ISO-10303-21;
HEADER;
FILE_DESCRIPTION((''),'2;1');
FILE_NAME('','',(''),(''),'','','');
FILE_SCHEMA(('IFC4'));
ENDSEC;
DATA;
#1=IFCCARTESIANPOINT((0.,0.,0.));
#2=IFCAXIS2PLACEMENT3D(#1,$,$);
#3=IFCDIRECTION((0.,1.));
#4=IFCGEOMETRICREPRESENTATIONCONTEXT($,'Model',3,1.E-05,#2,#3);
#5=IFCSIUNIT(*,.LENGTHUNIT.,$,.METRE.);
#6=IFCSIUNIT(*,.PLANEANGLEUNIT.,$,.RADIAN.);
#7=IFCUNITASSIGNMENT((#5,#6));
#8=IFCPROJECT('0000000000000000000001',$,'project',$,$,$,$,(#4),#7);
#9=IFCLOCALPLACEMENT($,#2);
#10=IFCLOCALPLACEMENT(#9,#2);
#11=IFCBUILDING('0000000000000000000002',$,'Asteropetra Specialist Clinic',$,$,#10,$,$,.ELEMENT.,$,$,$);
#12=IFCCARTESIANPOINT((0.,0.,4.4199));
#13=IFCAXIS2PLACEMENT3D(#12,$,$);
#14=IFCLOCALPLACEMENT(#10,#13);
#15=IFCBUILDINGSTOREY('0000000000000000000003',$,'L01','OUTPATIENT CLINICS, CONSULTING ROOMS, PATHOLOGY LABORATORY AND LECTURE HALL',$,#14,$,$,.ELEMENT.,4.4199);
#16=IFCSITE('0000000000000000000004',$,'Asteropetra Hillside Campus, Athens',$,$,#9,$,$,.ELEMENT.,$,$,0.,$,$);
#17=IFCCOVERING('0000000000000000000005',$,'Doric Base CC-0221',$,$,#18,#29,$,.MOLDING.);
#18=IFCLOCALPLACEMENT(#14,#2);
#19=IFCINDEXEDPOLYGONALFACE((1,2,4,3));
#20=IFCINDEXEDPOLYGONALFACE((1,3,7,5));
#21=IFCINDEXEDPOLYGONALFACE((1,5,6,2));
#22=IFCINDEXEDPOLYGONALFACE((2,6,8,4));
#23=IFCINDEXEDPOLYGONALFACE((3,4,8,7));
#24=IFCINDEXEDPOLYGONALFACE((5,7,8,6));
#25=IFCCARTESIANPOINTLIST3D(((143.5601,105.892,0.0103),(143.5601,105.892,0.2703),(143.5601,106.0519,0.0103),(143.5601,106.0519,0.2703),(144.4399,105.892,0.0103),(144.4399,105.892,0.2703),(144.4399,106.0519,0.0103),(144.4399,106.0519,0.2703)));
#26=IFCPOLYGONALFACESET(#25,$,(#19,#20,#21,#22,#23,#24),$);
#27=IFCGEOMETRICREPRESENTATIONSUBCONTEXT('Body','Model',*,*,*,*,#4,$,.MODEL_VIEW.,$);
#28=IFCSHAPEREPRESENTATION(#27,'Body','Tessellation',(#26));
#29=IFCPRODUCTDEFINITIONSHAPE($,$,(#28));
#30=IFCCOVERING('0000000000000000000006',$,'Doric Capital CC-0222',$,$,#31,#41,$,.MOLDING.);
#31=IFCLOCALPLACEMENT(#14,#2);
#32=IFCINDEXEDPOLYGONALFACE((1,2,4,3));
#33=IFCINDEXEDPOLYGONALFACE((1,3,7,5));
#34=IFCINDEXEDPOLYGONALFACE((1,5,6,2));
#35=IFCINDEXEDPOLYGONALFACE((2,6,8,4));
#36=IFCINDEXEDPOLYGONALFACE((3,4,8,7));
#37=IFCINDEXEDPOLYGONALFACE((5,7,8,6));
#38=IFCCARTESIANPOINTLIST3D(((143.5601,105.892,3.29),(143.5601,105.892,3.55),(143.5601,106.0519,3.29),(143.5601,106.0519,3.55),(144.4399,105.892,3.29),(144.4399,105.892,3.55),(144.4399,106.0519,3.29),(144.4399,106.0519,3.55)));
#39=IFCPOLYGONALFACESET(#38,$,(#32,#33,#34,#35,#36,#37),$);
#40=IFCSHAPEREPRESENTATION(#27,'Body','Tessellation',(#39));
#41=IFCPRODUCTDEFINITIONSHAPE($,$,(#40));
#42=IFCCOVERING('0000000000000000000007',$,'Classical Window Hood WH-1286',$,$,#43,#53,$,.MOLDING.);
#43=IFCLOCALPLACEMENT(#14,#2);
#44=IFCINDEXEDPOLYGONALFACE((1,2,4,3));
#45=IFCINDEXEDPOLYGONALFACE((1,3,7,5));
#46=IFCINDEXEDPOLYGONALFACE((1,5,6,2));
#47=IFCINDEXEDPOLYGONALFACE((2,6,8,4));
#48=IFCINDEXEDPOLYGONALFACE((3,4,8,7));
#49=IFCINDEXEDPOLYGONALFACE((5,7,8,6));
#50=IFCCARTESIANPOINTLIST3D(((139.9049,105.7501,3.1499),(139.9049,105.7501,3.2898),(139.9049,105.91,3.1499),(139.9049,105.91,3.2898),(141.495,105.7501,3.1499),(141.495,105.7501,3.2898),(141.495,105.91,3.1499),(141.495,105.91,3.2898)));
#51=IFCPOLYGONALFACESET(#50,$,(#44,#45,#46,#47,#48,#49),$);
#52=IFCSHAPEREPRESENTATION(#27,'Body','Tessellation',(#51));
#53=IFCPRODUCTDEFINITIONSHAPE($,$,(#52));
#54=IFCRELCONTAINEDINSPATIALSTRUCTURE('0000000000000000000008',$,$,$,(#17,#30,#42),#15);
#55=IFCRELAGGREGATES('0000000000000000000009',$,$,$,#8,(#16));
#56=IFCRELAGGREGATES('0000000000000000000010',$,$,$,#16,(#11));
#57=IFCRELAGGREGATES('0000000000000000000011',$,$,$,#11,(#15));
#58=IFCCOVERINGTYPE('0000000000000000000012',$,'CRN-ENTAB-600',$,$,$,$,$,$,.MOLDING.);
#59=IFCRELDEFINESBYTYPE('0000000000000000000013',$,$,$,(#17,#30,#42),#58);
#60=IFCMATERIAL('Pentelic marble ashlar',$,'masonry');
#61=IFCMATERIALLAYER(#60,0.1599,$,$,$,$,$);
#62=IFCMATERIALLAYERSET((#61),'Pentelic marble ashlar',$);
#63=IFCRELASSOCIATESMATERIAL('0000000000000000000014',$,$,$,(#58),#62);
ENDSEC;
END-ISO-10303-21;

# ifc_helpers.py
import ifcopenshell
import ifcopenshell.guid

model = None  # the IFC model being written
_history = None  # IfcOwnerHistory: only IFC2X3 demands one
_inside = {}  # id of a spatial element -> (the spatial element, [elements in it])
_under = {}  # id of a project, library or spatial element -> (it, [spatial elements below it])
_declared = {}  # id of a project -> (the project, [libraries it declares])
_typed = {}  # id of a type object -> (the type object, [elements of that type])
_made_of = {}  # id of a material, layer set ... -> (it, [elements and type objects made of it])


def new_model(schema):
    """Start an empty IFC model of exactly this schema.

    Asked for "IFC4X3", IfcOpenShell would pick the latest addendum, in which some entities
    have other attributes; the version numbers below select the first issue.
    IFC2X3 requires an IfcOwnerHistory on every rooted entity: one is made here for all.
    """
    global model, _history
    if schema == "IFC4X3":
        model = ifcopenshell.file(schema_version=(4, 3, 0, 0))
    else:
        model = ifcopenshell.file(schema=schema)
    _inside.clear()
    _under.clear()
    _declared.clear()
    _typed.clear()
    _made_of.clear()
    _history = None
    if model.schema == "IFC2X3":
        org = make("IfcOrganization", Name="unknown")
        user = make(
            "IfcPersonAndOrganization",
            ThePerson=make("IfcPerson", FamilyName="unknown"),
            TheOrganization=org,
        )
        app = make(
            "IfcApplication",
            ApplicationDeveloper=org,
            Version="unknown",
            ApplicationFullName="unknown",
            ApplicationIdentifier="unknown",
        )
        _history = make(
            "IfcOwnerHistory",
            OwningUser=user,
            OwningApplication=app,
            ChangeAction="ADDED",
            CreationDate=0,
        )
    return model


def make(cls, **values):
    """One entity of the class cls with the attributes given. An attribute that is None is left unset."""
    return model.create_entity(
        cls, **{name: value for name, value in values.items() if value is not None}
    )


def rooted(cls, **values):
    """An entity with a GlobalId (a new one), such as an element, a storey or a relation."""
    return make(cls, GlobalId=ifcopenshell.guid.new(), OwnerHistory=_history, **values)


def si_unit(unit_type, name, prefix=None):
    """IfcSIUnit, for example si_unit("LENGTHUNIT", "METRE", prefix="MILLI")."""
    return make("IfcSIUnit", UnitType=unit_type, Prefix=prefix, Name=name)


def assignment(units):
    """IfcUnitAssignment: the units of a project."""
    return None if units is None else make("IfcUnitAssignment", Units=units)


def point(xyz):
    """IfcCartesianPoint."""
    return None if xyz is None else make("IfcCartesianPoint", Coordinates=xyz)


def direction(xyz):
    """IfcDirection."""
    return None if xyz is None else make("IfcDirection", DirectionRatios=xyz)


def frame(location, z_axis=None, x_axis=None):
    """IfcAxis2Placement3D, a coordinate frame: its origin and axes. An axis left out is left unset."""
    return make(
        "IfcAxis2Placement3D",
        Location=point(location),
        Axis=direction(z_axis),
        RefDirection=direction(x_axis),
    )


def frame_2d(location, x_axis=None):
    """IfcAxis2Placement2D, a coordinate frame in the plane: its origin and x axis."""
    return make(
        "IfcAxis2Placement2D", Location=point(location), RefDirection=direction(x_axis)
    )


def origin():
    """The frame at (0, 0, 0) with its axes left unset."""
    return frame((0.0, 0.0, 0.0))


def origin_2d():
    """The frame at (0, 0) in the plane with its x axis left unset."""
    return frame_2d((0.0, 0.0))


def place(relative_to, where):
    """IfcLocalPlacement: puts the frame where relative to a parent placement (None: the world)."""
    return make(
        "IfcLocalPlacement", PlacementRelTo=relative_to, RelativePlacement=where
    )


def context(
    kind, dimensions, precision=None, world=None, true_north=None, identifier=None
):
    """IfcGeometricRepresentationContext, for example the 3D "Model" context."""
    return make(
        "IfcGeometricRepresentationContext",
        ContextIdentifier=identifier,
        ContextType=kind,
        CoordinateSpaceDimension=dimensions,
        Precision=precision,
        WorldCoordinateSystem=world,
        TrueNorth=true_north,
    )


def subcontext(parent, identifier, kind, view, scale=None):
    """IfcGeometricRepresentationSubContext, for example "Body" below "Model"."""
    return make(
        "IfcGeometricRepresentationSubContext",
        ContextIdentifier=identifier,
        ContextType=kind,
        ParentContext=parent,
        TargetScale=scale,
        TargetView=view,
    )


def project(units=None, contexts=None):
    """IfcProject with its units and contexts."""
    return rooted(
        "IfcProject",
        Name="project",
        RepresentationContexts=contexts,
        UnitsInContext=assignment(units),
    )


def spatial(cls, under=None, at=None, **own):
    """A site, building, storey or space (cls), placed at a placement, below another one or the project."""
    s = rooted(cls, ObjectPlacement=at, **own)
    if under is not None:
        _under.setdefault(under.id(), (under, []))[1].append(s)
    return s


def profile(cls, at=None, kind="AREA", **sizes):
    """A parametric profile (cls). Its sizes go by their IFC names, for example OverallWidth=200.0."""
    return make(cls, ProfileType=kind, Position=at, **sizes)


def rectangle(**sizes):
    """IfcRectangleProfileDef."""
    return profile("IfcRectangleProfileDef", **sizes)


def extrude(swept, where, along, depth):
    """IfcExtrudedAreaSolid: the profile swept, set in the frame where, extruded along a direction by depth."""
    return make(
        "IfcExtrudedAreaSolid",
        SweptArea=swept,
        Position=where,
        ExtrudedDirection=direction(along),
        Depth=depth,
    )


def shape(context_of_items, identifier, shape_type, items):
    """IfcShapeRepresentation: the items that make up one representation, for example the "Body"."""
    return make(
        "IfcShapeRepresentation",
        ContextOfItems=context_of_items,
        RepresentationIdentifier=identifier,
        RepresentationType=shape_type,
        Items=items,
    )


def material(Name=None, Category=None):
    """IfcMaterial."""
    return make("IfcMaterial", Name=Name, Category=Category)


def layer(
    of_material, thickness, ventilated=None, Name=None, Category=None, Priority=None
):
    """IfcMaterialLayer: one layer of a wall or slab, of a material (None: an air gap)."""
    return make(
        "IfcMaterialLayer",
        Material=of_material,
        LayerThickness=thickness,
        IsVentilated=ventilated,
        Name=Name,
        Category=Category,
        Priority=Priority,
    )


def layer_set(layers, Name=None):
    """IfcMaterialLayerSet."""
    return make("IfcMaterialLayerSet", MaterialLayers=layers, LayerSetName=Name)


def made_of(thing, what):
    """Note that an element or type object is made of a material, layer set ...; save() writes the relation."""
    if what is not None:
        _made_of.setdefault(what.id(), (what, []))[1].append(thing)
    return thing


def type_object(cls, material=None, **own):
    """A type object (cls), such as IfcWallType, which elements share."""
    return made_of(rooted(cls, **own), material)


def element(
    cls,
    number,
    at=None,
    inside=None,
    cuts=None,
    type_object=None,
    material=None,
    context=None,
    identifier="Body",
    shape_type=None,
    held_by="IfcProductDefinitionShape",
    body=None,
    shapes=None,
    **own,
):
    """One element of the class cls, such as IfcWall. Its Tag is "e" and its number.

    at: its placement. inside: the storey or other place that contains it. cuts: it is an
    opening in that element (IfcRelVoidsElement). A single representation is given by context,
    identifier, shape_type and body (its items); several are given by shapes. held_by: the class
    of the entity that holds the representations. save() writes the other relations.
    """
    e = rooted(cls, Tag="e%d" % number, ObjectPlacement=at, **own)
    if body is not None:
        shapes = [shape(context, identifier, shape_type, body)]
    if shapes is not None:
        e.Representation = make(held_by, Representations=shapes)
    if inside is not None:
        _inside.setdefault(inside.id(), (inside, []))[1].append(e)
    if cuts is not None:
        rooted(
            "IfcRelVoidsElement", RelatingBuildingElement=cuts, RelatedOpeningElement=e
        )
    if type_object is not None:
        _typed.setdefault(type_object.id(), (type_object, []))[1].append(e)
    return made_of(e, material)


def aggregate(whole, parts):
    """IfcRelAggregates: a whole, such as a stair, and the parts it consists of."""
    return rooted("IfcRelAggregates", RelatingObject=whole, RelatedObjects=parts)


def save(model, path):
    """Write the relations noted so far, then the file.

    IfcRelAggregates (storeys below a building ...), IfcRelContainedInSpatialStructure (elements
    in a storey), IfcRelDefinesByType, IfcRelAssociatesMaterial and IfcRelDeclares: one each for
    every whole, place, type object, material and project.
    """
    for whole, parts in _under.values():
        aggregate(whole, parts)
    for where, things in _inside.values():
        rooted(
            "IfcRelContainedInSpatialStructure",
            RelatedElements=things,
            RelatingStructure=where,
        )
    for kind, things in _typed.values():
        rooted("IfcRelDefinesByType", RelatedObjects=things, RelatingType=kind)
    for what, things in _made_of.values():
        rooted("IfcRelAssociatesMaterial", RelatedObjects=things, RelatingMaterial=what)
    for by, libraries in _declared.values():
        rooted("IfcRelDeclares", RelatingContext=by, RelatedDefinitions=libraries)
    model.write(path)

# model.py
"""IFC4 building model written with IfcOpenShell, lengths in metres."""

from ifc_helpers import new_model, si_unit, direction, frame, origin, origin_2d, place, context, subcontext, project, spatial, rectangle, extrude, material, layer, layer_set, type_object, element, save


model = new_model("IFC4")

# Units and contexts
model_context = context("Model", 3, precision=1e-05, world=origin(), true_north=direction((0.0, 1.0)))
body_context = subcontext(model_context, "Body", "Model", "MODEL_VIEW")
ifc_project = project(units=[si_unit("LENGTHUNIT", "METRE"), si_unit("PLANEANGLEUNIT", "RADIAN")], contexts=[model_context])

# Site, building, storey
site_placement = place(None, origin())
site = spatial("IfcSite", under=ifc_project, at=site_placement, Name="Asteropetra Hillside Campus, Athens", CompositionType="ELEMENT", RefElevation=0.0)
building_placement = place(site_placement, origin())
building = spatial("IfcBuilding", under=site, at=building_placement, Name="Asteropetra Specialist Clinic", CompositionType="ELEMENT")
storey_placement = place(building_placement, frame((0.0, 0.0, 4.4199)))
storey = spatial("IfcBuildingStorey", under=building, at=storey_placement, Name="L01", Description="OUTPATIENT CLINICS, CONSULTING ROOMS, PATHOLOGY LABORATORY AND LECTURE HALL", CompositionType="ELEMENT", Elevation=4.4199)

# Coverings
ifc_material_1 = material(Name="Pentelic marble ashlar", Category="masonry")
ifc_layer_1 = layer(ifc_material_1, 0.1599)
ifc_layer_set_1 = layer_set([ifc_layer_1], Name="Pentelic marble ashlar")
covering_type_1 = type_object("IfcCoveringType", Name="CRN-ENTAB-600", PredefinedType="MOLDING", material=ifc_layer_set_1)
for number, where, z_axis, x_axis, name in (
    (1, (144.0, 105.9719, 0.0103), (0.0, 0.0, 1.0), (1.0, 0.0, 0.0), "Doric Base CC-0221"),
    (2, (144.0, 105.9719, 3.29), (0.0, 0.0, 1.0), (1.0, 0.0, 0.0), "Doric Capital CC-0222"),
):
    element("IfcCovering", number, at=place(storey_placement, frame(where, z_axis=z_axis, x_axis=x_axis)), inside=storey, type_object=covering_type_1, Name=name, PredefinedType="MOLDING", context=body_context, shape_type="SweptSolid", body=[
        extrude(rectangle(XDim=0.8799, YDim=0.1599, at=origin_2d()), origin(), (0.0, 0.0, 1.0), 0.26),
    ])
covering_1_placement = place(storey_placement, frame((140.7, 105.8301, 3.1499), z_axis=(0.0, 0.0, 1.0), x_axis=(1.0, 0.0, 0.0)))
element("IfcCovering", 3, at=covering_1_placement, inside=storey, type_object=covering_type_1, Name="Classical Window Hood WH-1286", PredefinedType="MOLDING", context=body_context, shape_type="SweptSolid", body=[
    extrude(rectangle(XDim=1.5901, YDim=0.1599, at=origin_2d()), origin(), (0.0, 0.0, 1.0), 0.1399),
])

save(model, "model.ifc")
